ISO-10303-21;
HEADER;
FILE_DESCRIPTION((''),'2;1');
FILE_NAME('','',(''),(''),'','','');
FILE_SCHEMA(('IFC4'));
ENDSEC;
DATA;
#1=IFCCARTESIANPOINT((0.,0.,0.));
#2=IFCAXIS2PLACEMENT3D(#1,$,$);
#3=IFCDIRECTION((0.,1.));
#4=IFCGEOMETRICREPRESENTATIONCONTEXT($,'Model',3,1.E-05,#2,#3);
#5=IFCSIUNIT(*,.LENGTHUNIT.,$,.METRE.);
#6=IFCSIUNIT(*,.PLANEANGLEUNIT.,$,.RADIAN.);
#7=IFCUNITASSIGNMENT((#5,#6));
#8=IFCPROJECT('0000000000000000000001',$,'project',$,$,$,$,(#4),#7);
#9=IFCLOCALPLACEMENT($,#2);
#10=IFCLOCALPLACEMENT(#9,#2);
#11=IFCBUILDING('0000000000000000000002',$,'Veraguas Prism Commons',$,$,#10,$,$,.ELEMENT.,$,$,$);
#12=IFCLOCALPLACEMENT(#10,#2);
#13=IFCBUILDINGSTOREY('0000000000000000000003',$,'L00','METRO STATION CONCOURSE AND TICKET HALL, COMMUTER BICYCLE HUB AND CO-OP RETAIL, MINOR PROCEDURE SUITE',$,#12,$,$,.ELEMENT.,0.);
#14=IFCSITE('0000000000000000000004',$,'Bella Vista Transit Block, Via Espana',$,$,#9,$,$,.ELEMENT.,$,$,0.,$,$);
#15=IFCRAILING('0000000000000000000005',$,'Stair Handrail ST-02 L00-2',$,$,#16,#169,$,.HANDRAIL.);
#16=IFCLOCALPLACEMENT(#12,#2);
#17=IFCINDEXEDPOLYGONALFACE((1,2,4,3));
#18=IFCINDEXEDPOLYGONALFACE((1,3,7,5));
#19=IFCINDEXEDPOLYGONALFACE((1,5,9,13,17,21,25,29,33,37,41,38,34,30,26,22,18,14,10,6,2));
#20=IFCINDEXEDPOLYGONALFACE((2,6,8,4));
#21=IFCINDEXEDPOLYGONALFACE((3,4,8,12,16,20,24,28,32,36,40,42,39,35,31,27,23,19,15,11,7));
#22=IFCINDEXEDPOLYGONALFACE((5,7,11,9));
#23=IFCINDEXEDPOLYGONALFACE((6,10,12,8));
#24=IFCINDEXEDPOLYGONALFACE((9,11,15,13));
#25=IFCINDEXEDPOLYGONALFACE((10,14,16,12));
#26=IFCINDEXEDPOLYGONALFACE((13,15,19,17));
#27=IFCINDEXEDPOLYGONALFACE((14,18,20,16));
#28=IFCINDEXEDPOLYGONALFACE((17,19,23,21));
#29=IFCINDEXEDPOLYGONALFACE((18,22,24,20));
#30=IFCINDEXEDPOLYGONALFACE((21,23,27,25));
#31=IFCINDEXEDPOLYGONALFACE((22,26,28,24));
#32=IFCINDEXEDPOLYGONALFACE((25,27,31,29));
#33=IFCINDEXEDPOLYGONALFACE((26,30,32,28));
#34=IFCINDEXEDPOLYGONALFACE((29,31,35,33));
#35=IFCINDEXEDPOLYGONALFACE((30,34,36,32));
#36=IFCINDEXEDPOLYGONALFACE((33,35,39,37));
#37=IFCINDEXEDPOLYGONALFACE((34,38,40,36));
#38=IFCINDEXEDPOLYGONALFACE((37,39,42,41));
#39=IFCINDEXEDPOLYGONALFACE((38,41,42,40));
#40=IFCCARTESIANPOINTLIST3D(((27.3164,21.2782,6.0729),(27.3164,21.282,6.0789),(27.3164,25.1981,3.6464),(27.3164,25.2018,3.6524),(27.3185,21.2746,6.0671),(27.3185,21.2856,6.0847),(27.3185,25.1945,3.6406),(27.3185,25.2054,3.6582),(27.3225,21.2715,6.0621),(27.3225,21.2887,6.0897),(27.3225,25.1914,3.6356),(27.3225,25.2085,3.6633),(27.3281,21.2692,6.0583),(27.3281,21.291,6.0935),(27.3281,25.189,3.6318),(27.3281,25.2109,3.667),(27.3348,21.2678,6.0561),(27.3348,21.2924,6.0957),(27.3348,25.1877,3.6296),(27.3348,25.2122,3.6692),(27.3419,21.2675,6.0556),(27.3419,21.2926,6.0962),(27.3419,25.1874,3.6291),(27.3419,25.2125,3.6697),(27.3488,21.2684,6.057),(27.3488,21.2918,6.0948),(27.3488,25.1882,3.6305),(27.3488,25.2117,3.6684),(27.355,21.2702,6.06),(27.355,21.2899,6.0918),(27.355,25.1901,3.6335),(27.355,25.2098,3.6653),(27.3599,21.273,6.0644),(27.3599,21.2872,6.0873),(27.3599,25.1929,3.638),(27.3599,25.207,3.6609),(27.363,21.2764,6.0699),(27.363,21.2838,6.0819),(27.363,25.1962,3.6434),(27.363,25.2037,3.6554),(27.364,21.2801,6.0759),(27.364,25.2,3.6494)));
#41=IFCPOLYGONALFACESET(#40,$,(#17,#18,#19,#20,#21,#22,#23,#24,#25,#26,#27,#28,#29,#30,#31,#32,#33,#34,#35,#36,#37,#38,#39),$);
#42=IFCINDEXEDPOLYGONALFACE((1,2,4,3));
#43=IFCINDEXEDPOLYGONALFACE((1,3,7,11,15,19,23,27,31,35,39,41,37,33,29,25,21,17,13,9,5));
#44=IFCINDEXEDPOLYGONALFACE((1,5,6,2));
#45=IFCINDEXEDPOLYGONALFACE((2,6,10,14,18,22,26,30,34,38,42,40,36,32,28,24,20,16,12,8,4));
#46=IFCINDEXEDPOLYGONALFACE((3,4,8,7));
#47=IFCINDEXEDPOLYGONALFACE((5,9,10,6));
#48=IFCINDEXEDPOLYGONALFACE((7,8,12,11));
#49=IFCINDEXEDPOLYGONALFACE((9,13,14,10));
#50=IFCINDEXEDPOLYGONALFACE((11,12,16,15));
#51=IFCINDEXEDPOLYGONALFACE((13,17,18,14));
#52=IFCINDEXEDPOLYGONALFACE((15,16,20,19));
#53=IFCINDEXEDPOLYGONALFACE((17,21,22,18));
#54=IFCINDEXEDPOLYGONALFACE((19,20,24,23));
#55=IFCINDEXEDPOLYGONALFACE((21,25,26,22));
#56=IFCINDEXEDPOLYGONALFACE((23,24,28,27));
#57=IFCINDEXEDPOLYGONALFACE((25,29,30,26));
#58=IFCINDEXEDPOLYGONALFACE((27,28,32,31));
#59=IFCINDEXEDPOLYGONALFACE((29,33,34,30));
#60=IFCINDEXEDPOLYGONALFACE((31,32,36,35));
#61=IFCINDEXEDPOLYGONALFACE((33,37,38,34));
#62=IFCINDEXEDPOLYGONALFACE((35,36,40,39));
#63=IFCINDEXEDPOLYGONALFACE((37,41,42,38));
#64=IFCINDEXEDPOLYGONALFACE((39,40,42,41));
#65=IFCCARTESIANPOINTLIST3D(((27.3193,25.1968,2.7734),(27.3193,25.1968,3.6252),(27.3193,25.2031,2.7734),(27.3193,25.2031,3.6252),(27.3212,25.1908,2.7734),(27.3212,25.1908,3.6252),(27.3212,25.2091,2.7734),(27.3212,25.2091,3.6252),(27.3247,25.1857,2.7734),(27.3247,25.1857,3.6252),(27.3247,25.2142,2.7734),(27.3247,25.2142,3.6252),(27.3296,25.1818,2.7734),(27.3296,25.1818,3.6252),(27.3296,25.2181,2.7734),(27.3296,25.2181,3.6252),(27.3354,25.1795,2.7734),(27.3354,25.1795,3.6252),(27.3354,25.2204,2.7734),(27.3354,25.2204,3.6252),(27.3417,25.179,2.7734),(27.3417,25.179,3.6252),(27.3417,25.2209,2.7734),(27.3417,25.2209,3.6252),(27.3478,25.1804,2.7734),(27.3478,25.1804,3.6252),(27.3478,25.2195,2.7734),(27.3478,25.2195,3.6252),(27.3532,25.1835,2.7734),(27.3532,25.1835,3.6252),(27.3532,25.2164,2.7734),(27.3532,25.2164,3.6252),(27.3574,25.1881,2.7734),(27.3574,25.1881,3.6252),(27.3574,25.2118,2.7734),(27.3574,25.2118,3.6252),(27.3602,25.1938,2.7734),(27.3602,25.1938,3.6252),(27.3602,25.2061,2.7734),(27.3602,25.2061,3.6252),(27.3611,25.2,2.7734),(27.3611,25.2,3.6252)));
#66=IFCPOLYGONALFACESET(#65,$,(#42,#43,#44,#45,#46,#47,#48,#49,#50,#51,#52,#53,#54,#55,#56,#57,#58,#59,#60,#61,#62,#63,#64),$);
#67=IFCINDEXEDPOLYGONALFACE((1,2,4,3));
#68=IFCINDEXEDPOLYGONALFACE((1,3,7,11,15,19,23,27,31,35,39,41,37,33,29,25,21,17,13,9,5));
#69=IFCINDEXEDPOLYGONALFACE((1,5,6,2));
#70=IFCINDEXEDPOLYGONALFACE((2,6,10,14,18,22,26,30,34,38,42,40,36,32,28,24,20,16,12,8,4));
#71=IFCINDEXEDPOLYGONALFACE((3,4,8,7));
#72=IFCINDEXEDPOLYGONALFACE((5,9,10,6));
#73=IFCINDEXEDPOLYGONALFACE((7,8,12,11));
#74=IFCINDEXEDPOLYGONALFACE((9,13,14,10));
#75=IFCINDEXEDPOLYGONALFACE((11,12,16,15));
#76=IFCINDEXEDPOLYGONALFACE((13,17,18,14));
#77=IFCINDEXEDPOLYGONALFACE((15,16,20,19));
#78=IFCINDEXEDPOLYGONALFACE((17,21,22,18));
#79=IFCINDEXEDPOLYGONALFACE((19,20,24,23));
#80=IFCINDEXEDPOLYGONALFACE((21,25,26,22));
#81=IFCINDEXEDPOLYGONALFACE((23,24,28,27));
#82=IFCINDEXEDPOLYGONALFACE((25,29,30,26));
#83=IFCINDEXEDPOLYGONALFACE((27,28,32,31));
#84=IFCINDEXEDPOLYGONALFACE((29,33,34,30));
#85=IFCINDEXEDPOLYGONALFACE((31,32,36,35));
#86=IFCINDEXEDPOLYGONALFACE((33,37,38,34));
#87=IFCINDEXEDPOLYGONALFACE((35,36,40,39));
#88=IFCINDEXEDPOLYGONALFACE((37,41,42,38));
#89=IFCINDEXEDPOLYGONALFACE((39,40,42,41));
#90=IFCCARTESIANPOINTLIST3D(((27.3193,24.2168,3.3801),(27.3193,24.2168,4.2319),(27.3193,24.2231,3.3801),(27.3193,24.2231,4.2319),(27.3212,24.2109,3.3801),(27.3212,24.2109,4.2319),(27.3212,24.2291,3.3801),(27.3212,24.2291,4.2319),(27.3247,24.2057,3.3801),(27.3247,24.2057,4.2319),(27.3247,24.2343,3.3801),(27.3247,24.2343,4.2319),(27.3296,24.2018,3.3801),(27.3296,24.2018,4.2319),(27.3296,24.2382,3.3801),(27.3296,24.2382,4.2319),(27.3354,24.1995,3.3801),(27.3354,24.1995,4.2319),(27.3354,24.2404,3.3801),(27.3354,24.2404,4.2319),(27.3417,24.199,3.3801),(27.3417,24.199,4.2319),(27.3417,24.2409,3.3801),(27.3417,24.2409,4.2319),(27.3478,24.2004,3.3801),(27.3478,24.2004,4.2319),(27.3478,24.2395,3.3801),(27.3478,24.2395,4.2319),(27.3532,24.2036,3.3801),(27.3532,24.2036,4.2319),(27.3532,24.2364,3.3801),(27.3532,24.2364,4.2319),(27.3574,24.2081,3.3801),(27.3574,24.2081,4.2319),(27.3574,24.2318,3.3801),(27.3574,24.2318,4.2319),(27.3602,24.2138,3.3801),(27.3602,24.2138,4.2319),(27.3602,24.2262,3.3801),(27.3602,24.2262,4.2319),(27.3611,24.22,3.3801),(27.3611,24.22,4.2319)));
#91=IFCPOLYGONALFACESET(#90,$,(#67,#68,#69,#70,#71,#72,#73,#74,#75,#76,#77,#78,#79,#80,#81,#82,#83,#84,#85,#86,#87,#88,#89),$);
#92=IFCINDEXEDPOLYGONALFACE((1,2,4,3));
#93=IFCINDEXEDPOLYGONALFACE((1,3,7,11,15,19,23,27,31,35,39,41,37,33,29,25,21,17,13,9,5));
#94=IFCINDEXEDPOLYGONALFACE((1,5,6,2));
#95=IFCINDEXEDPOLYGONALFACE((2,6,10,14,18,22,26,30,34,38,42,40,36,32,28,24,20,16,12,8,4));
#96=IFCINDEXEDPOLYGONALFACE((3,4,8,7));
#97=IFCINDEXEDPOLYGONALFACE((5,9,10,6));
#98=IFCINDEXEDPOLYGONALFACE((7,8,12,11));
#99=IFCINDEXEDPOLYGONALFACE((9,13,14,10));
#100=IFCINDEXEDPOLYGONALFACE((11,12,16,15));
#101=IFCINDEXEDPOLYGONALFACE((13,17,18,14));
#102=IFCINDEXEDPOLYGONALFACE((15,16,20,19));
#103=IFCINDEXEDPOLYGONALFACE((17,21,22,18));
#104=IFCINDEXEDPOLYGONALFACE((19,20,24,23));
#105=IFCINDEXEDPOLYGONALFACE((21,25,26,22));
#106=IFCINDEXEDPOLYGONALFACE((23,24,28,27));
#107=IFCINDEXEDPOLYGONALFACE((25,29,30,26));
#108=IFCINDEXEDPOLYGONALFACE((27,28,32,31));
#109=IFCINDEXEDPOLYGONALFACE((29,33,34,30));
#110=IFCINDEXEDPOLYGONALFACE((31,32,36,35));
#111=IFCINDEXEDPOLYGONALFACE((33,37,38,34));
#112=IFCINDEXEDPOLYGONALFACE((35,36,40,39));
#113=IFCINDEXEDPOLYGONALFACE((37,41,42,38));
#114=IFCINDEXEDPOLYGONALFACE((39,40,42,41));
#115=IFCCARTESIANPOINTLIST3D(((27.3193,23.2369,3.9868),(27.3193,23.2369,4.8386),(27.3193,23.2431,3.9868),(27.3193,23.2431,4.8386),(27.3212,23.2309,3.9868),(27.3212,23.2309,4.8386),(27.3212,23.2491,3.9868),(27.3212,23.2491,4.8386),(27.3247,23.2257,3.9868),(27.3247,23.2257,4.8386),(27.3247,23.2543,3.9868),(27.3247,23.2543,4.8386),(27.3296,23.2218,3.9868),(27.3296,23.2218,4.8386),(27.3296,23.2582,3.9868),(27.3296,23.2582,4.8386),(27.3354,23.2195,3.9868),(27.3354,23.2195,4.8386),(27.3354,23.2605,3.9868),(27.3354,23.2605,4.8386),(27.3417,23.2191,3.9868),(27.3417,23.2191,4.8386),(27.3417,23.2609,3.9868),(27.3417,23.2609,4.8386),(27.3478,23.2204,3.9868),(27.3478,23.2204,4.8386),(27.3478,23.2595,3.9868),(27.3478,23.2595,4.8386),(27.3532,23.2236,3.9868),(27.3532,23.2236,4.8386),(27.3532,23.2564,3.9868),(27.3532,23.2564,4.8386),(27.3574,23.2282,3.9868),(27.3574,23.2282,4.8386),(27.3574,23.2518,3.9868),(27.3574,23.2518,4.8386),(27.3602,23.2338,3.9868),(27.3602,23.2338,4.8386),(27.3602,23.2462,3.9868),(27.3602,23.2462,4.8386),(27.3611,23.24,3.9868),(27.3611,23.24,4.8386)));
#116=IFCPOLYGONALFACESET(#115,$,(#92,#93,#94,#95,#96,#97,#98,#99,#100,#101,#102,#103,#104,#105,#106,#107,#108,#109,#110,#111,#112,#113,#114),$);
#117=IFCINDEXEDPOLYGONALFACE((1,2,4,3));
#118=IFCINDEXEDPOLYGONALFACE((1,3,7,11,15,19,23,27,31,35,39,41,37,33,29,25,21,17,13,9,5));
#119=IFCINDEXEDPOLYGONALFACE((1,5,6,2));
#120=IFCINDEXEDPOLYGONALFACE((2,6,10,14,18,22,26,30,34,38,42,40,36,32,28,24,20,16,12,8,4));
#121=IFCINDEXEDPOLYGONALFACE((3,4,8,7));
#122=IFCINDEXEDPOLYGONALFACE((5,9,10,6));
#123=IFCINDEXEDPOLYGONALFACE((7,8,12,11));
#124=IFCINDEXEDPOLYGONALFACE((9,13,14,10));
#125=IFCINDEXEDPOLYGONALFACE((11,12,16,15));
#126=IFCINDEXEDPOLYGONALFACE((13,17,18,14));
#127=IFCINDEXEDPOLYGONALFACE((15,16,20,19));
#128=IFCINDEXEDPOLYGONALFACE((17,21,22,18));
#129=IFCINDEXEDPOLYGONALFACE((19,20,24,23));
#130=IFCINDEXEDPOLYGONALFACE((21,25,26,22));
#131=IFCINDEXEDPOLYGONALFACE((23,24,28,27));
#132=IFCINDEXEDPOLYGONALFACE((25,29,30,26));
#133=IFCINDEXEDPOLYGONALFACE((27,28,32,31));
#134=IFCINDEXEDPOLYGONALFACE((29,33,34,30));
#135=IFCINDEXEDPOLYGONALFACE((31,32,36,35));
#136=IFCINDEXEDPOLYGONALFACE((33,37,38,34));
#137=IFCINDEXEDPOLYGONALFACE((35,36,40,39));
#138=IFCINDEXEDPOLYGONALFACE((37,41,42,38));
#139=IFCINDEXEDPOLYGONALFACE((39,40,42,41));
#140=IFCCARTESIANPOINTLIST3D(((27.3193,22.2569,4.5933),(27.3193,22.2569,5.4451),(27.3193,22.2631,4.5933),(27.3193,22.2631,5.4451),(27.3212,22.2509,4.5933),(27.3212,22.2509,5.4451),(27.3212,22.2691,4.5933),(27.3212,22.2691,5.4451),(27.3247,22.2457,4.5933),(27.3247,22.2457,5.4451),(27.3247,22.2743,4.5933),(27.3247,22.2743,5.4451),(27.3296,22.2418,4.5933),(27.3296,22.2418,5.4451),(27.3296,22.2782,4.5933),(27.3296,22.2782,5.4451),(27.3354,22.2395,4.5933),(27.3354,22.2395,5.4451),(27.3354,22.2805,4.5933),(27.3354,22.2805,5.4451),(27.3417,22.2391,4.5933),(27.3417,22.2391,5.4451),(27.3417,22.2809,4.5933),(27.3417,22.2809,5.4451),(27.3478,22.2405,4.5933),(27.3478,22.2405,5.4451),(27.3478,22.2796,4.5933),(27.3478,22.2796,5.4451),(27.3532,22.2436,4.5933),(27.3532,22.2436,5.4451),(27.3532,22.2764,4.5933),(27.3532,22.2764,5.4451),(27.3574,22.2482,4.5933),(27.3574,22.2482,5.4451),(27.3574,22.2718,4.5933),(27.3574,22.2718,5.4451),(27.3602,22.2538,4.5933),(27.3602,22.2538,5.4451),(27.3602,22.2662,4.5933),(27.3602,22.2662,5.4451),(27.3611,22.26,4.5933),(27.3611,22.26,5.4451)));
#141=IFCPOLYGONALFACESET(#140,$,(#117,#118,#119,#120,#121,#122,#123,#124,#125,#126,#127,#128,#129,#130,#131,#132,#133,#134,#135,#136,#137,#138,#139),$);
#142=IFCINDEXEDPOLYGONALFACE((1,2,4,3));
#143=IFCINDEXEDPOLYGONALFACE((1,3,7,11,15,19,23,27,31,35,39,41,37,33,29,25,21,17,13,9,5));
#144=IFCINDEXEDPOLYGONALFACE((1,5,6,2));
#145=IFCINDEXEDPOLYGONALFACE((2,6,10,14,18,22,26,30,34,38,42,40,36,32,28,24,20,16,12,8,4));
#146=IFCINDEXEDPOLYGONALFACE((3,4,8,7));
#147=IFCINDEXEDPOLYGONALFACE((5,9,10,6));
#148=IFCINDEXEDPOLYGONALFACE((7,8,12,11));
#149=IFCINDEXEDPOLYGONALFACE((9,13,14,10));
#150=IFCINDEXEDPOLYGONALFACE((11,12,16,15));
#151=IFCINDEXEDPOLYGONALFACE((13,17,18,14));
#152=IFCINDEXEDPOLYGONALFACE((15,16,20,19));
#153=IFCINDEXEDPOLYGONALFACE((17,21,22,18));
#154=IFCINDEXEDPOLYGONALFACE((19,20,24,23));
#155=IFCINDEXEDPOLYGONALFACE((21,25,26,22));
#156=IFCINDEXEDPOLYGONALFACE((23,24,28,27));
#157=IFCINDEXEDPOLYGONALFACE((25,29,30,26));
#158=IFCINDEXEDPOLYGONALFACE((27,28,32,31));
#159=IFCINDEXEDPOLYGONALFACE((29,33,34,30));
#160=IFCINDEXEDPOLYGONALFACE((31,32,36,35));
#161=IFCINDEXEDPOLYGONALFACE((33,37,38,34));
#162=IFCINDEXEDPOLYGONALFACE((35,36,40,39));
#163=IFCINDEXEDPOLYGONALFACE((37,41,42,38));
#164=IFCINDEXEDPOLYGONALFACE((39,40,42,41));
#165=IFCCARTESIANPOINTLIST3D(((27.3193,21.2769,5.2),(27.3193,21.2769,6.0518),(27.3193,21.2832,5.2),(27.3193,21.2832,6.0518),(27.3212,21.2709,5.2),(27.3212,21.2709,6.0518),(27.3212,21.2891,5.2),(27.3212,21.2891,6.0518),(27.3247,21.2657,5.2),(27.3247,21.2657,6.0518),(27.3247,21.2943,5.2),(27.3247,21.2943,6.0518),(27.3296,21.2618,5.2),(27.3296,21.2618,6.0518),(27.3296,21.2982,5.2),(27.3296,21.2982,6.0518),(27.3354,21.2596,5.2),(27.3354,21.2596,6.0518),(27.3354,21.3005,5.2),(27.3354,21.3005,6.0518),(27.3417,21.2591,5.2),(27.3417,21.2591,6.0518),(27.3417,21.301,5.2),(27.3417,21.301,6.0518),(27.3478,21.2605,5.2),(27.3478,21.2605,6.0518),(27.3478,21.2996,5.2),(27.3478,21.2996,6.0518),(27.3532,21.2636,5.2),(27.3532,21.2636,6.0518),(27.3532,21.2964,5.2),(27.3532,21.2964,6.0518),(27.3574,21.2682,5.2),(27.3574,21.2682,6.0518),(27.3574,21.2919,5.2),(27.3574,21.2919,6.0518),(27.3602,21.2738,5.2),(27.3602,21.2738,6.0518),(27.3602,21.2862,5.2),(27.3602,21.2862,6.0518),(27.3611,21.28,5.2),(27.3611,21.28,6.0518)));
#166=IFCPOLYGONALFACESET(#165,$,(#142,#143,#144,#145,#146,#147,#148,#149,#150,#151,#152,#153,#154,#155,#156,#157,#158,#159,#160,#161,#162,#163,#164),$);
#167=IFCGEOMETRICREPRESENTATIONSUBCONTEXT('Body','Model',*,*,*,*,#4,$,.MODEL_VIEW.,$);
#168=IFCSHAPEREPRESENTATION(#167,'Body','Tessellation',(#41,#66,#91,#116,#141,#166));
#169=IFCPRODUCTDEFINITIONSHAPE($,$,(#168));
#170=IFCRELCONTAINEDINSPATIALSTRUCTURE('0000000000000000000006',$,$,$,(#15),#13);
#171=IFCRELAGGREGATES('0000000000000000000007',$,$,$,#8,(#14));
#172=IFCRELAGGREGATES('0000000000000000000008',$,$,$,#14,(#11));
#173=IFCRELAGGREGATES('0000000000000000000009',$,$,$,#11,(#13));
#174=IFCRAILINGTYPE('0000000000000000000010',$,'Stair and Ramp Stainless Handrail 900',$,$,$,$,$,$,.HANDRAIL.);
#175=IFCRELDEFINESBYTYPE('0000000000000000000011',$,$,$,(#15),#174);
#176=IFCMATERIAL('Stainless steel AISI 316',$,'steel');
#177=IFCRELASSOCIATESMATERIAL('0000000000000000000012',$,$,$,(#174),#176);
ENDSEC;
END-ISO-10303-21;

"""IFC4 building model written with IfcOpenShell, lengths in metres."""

from ifc_helpers import new_model, si_unit, direction, frame, origin, origin_2d, place, context, subcontext, project, spatial, circle, extrude, material, type_object, element, save


model = new_model("IFC4")

# Units and contexts
model_context = context("Model", 3, precision=1e-05, world=origin(), true_north=direction((0.0, 1.0)))
body_context = subcontext(model_context, "Body", "Model", "MODEL_VIEW")
ifc_project = project(units=[si_unit("LENGTHUNIT", "METRE"), si_unit("PLANEANGLEUNIT", "RADIAN")], contexts=[model_context])

# Site, building, storey
site_placement = place(None, origin())
site = spatial("IfcSite", under=ifc_project, at=site_placement, Name="Bella Vista Transit Block, Via Espana", CompositionType="ELEMENT", RefElevation=0.0)
building_placement = place(site_placement, origin())
building = spatial("IfcBuilding", under=site, at=building_placement, Name="Veraguas Prism Commons", CompositionType="ELEMENT")
storey_placement = place(building_placement, origin())
storey = spatial("IfcBuildingStorey", under=building, at=storey_placement, Name="L00", Description="METRO STATION CONCOURSE AND TICKET HALL, COMMUTER BICYCLE HUB AND CO-OP RETAIL, MINOR PROCEDURE SUITE", CompositionType="ELEMENT", Elevation=0.0)

# Shared definitions
ifc_material_1 = material(Name="Stainless steel AISI 316", Category="steel")

# Railing
railing_type_1 = type_object("IfcRailingType", Name="Stair and Ramp Stainless Handrail 900", PredefinedType="HANDRAIL", material=ifc_material_1)
for number, where, name in (
    (1, (27.3401, 25.2, 2.7734), "Stair Handrail ST-02 L00-2"),
):
    element("IfcRailing", number, at=place(storey_placement, frame(where)), inside=storey, type_object=railing_type_1, Name=name, PredefinedType="HANDRAIL", context=body_context, shape_type="SweptSolid", body=[
        extrude(circle(Radius=0.0239, at=origin_2d()), frame((0.0, 0.0, 0.876), z_axis=(0.0, -0.850275, 0.526338), x_axis=(1.0, 0.0, 0.0)), (0.0, 0.0, 1.0), 4.6101),
        extrude(circle(Radius=0.021, at=origin_2d()), origin(), (0.0, 0.0, 1.0), 0.8518),
        extrude(circle(Radius=0.021, at=origin_2d()), frame((0.0, -0.98, 0.6067)), (0.0, 0.0, 1.0), 0.8518),
        extrude(circle(Radius=0.021, at=origin_2d()), frame((0.0, -1.96, 1.2134)), (0.0, 0.0, 1.0), 0.8518),
        extrude(circle(Radius=0.021, at=origin_2d()), frame((0.0, -2.9399, 1.8198)), (0.0, 0.0, 1.0), 0.8518),
        extrude(circle(Radius=0.021, at=origin_2d()), frame((0.0, -3.9199, 2.4265)), (0.0, 0.0, 1.0), 0.8518),
    ])

save(model, "model.ifc")
